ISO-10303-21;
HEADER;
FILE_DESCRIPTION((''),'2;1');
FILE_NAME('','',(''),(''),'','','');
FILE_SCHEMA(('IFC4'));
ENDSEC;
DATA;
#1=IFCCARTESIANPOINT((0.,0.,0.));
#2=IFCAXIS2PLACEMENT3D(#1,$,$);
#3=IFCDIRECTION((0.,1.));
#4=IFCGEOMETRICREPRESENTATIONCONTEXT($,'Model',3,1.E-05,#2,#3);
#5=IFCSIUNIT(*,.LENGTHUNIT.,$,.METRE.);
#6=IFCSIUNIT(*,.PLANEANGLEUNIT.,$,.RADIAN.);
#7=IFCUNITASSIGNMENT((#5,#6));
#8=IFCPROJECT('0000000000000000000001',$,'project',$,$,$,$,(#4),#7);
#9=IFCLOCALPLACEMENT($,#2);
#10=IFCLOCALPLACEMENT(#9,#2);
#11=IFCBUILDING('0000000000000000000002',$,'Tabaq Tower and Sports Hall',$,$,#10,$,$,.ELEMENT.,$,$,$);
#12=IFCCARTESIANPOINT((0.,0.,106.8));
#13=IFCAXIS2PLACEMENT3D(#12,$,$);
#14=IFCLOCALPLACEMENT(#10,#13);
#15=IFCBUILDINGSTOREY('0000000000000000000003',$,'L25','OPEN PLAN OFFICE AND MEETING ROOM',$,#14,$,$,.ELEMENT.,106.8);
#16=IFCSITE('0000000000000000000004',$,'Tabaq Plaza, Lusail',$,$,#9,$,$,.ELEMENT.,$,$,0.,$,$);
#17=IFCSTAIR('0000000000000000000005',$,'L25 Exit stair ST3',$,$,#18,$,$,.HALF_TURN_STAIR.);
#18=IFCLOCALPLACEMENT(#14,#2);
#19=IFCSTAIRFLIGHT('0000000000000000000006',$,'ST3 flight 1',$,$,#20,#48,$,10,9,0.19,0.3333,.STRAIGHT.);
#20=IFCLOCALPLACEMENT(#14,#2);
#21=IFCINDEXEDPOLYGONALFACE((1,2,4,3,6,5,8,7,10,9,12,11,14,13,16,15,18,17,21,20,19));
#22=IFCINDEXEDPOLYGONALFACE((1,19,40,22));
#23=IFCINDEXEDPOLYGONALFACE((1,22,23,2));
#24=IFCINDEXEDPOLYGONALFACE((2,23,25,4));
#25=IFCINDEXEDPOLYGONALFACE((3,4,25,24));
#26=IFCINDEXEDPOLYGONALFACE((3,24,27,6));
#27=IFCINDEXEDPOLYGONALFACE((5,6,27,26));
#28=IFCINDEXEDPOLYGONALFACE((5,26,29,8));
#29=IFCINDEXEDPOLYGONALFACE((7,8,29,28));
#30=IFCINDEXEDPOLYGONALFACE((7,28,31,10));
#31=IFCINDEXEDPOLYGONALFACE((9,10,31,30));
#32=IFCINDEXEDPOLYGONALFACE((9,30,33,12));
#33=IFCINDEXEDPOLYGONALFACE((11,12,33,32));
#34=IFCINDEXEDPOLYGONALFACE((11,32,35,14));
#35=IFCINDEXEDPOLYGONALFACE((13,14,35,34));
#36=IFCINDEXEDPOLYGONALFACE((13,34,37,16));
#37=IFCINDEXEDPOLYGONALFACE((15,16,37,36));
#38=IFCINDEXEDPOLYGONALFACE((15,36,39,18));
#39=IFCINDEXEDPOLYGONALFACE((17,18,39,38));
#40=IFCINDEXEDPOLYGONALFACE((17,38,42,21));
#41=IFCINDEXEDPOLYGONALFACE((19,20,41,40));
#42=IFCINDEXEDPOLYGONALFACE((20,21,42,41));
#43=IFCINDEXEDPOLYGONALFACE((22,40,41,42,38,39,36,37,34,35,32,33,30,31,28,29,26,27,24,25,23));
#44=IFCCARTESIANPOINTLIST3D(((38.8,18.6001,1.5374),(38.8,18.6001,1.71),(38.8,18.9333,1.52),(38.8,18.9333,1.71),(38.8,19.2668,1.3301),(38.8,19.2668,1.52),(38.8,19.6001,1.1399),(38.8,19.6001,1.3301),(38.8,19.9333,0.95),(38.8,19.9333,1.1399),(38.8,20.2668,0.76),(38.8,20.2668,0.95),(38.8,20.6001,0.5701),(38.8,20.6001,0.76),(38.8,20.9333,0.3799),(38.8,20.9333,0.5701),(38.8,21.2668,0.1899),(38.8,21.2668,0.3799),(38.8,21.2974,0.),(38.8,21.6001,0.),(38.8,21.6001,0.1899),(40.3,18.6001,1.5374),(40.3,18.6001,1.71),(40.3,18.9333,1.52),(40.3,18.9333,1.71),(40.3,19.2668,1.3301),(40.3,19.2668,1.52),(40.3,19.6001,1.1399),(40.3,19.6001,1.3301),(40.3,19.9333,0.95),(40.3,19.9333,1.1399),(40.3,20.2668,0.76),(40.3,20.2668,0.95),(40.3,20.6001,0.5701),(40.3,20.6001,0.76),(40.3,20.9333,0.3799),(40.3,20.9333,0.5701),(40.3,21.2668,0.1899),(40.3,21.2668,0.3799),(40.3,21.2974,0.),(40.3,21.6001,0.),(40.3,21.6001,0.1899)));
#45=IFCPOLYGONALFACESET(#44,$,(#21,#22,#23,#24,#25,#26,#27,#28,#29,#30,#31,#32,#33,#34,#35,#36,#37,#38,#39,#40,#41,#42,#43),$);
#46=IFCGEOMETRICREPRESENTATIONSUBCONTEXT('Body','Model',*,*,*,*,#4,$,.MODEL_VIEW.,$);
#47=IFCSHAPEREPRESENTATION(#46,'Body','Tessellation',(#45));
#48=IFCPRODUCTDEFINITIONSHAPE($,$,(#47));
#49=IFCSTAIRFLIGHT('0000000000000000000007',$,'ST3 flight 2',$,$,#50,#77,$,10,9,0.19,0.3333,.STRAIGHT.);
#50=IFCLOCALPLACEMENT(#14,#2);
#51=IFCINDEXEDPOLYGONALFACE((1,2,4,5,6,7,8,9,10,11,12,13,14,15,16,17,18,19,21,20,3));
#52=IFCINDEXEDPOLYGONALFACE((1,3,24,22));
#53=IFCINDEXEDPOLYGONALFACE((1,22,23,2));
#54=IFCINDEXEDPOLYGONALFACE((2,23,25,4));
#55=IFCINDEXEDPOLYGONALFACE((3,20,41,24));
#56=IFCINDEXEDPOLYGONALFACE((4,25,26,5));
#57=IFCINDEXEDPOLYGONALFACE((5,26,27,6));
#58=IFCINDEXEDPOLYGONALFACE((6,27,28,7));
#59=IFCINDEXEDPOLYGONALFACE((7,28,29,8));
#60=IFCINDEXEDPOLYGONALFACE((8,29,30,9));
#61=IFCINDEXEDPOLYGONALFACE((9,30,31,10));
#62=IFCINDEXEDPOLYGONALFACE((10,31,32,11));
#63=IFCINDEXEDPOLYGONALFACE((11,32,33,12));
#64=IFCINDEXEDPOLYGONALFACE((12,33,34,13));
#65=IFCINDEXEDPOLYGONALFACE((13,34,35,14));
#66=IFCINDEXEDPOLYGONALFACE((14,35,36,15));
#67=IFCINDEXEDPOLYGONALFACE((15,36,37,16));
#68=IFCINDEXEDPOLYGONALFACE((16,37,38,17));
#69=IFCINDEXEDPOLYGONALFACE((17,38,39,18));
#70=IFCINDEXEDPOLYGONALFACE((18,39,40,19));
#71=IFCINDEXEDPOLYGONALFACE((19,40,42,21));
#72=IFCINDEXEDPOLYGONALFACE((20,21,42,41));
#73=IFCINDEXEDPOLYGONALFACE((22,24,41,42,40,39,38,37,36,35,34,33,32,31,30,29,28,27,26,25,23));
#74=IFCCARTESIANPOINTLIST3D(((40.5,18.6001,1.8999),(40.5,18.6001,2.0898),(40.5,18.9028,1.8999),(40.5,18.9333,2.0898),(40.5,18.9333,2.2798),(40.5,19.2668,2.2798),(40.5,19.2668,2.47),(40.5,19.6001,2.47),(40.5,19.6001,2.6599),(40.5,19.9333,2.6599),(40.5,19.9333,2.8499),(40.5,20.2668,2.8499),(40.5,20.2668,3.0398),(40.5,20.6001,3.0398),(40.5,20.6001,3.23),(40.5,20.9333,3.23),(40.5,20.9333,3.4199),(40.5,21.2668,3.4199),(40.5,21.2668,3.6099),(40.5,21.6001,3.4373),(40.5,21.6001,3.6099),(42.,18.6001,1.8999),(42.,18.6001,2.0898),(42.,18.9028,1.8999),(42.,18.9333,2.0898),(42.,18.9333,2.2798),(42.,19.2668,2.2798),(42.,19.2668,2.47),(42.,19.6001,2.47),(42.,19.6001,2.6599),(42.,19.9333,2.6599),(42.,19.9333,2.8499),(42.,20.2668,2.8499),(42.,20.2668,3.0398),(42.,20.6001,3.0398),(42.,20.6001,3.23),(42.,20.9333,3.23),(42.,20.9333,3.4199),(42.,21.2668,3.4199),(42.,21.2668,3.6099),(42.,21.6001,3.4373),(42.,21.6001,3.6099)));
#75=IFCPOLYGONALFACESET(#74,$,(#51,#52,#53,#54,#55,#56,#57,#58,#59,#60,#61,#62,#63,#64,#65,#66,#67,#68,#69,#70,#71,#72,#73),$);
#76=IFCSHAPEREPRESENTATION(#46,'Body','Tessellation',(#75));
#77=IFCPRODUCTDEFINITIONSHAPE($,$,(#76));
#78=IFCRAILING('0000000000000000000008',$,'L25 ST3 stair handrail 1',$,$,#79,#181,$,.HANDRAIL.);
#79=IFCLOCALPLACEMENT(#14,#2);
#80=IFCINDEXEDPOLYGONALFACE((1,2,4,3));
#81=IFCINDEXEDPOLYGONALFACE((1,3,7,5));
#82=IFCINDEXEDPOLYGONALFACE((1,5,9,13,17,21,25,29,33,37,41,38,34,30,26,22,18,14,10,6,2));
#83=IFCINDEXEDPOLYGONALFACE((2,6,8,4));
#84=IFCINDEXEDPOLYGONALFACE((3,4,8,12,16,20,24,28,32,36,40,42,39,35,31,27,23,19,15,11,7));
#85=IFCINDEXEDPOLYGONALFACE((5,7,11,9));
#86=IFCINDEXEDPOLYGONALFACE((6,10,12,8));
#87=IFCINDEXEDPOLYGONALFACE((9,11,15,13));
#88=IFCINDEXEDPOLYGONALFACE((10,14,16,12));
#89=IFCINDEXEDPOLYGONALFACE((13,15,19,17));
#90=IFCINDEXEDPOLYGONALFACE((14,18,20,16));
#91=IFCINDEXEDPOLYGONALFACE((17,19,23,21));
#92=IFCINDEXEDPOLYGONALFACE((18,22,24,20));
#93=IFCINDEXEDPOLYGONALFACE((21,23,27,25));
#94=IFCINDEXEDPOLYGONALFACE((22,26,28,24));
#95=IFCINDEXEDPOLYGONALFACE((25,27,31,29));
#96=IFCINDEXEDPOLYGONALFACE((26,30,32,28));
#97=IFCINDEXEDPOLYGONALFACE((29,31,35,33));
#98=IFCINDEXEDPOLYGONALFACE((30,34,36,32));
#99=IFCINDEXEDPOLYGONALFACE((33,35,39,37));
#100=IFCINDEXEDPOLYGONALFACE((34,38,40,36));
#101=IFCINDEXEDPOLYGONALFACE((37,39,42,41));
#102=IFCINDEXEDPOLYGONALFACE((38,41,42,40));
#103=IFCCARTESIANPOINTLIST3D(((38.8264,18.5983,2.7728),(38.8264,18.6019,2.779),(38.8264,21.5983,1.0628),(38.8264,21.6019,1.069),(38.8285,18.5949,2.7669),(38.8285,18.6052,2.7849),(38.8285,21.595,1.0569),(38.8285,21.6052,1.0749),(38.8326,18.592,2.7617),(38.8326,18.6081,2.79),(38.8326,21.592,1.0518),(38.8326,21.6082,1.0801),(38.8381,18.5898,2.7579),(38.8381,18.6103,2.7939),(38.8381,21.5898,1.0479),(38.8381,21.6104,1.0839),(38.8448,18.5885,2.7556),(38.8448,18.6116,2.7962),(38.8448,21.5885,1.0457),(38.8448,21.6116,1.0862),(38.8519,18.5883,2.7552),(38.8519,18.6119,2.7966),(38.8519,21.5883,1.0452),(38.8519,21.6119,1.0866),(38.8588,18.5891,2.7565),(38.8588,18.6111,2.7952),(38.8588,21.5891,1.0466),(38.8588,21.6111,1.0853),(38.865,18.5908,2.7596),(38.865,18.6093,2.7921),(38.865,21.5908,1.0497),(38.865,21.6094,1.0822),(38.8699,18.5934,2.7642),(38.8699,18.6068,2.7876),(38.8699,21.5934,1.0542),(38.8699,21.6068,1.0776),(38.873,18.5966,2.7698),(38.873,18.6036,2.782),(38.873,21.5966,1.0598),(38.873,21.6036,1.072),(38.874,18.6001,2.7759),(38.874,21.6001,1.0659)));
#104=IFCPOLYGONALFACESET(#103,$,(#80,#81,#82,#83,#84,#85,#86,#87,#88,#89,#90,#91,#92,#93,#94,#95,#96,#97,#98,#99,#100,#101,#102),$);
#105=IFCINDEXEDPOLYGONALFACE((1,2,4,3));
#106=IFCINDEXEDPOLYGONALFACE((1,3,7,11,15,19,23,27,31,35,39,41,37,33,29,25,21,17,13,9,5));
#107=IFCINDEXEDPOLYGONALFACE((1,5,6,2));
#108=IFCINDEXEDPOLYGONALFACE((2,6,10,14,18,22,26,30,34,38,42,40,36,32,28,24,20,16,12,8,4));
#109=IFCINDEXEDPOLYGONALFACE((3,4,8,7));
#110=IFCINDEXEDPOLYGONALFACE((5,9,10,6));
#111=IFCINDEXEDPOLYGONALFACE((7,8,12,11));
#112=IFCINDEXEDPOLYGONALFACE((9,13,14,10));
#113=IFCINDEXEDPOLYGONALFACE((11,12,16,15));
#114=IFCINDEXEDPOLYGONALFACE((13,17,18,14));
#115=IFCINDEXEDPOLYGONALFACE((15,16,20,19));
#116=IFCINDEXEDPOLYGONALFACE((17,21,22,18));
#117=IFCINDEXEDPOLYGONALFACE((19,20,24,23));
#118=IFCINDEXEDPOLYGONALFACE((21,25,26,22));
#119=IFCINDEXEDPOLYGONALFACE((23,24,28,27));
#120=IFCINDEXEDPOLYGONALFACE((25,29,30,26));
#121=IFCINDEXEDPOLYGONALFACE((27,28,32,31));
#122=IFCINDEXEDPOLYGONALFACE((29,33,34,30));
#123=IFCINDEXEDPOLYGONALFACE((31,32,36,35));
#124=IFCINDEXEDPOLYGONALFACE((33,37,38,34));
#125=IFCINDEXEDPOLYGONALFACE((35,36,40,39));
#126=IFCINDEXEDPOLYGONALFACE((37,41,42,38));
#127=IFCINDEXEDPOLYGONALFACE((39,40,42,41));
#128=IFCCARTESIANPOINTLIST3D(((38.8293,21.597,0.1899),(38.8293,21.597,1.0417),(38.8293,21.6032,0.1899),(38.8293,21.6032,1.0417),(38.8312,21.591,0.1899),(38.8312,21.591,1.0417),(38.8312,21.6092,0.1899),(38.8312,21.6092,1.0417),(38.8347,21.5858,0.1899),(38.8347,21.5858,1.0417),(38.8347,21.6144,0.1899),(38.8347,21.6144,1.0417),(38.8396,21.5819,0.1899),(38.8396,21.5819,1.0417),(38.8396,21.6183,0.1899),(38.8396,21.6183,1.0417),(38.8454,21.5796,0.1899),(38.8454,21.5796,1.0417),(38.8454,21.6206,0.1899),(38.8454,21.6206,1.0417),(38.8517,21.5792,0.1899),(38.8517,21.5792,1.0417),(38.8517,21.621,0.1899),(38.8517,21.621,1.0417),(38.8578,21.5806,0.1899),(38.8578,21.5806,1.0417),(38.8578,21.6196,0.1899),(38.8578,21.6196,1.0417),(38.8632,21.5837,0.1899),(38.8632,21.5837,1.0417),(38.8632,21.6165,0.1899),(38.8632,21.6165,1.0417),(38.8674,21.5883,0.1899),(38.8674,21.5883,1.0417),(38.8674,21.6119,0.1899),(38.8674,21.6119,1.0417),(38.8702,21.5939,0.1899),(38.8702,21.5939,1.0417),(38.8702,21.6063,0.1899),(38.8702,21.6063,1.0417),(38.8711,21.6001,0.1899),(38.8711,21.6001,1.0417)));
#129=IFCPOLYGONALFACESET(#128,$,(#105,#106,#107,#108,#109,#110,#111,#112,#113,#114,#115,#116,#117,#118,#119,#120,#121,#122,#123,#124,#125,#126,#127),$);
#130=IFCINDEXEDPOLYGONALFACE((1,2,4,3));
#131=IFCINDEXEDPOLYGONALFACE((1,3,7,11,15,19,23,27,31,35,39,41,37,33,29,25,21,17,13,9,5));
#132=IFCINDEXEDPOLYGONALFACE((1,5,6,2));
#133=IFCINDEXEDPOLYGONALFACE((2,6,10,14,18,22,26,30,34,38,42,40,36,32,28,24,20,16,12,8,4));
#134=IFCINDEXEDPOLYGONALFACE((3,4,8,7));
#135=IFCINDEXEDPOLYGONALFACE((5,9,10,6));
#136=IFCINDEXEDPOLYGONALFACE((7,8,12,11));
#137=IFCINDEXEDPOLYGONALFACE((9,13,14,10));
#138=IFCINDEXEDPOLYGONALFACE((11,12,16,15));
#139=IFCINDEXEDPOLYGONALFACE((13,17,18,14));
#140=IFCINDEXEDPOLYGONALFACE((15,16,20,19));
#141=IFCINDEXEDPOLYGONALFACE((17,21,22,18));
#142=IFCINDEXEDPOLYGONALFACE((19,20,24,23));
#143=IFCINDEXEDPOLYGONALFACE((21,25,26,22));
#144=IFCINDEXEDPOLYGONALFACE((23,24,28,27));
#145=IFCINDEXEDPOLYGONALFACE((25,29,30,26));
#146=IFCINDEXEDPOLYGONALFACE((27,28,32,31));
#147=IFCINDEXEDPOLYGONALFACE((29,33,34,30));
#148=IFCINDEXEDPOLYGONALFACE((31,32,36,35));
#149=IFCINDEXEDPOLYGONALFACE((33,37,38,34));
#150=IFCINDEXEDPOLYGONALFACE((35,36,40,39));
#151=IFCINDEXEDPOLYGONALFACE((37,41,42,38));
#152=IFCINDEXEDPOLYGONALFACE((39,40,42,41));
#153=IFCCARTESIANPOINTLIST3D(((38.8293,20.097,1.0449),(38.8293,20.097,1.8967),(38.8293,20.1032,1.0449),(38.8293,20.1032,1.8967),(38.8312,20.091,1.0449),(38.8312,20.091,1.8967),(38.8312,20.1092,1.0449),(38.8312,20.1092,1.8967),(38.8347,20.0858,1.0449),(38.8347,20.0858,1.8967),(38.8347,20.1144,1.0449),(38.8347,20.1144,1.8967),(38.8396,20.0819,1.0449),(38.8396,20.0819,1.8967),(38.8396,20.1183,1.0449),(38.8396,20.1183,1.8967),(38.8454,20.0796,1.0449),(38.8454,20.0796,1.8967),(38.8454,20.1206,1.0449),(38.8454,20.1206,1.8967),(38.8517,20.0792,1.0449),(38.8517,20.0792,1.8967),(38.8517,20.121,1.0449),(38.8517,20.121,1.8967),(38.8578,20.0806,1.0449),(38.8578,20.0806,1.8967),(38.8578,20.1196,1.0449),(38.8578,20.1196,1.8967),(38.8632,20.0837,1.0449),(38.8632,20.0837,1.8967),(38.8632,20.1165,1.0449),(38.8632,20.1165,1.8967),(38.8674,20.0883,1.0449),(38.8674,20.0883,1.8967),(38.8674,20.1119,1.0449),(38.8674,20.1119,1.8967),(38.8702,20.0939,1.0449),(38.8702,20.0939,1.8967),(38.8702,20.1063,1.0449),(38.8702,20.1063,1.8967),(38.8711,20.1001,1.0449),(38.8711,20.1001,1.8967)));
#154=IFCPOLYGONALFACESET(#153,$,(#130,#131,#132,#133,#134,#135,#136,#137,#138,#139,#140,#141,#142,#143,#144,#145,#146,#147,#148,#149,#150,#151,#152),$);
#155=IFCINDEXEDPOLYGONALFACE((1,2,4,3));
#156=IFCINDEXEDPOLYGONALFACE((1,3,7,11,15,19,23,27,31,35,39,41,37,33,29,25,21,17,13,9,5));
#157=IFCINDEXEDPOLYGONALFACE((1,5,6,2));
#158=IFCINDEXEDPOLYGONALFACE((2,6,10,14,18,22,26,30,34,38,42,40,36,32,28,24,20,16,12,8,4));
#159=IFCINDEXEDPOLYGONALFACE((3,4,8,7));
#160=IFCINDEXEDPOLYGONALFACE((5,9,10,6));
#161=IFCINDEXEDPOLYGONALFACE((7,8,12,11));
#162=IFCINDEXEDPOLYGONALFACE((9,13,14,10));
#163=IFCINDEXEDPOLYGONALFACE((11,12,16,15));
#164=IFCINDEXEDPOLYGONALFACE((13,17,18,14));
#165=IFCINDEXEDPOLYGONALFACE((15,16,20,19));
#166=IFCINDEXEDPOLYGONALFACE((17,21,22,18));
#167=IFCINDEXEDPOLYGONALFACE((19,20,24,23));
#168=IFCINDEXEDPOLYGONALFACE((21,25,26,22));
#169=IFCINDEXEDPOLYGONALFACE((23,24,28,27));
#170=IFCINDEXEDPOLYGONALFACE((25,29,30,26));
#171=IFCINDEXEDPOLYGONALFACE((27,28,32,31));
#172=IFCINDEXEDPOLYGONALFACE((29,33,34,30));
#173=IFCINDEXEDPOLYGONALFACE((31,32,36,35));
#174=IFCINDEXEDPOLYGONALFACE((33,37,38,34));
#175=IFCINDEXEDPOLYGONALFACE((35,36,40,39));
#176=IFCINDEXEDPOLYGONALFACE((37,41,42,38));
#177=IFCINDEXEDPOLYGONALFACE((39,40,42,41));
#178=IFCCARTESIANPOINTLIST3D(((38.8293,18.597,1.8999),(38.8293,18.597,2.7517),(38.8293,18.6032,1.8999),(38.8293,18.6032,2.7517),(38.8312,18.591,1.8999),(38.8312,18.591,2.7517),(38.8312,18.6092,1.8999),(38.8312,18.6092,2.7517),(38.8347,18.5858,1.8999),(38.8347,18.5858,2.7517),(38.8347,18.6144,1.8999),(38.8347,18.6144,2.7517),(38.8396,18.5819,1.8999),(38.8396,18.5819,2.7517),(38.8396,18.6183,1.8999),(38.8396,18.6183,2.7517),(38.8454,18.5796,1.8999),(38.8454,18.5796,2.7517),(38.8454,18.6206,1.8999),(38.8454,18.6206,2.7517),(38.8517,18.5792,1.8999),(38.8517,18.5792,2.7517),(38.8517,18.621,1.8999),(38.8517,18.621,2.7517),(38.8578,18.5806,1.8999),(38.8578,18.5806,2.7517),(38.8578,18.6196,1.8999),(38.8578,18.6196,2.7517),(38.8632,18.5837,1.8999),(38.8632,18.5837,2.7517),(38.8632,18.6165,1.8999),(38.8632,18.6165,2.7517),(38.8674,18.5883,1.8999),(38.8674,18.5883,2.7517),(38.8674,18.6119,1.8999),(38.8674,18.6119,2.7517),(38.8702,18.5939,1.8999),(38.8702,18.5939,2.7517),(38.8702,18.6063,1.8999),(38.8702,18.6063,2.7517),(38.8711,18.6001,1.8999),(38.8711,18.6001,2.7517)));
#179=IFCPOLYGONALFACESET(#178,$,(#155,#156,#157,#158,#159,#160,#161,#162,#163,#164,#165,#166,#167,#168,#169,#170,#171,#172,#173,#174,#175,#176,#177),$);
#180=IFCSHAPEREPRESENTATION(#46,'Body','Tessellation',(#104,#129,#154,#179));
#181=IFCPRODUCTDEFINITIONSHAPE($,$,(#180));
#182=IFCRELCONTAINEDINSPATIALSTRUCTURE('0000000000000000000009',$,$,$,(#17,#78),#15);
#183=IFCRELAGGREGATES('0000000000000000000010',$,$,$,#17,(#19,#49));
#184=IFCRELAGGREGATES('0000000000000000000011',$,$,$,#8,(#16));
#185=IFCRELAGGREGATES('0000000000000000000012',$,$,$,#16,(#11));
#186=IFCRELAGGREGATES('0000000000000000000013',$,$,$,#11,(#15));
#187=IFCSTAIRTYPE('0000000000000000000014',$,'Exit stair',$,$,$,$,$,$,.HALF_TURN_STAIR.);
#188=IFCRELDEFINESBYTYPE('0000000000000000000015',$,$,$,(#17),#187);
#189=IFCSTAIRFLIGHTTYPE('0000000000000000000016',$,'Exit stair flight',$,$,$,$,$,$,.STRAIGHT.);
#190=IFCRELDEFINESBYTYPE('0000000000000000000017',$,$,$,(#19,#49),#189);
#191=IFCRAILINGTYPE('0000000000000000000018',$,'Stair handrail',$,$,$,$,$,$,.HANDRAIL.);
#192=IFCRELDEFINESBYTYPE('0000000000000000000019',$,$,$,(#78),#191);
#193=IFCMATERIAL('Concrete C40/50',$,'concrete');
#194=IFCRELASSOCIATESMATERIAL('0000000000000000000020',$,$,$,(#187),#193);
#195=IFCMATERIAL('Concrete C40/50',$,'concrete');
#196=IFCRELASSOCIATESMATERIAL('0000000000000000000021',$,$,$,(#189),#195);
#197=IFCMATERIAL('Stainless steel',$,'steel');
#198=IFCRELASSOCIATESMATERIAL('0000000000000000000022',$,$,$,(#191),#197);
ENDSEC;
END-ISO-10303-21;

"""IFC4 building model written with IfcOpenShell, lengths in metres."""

from ifc_helpers import new_model, si_unit, direction, frame, origin, origin_2d, place, context, subcontext, project, spatial, polyline, circle, outline, extrude, material, type_object, element, aggregate, save


model = new_model("IFC4")

# Units and contexts
model_context = context("Model", 3, precision=1e-05, world=origin(), true_north=direction((0.0, 1.0)))
body_context = subcontext(model_context, "Body", "Model", "MODEL_VIEW")
ifc_project = project(units=[si_unit("LENGTHUNIT", "METRE"), si_unit("PLANEANGLEUNIT", "RADIAN")], contexts=[model_context])

# Site, building, storey
site_placement = place(None, origin())
site = spatial("IfcSite", under=ifc_project, at=site_placement, Name="Tabaq Plaza, Lusail", CompositionType="ELEMENT", RefElevation=0.0)
building_placement = place(site_placement, origin())
building = spatial("IfcBuilding", under=site, at=building_placement, Name="Tabaq Tower and Sports Hall", CompositionType="ELEMENT")
storey_placement = place(building_placement, frame((0.0, 0.0, 106.8)))
storey = spatial("IfcBuildingStorey", under=building, at=storey_placement, Name="L25", Description="OPEN PLAN OFFICE AND MEETING ROOM", CompositionType="ELEMENT", Elevation=106.8)

# Stair, stair flights
ifc_material_1 = material(Name="Concrete C40/50", Category="concrete")
stair_type = type_object("IfcStairType", Name="Exit stair", PredefinedType="HALF_TURN_STAIR", material=ifc_material_1)
stair_placement = place(storey_placement, origin())
stair = element("IfcStair", 1, at=stair_placement, inside=storey, type_object=stair_type, Name="L25 Exit stair ST3", PredefinedType="HALF_TURN_STAIR")
ifc_material_2 = material(Name="Concrete C40/50", Category="concrete")
stair_flight_type = type_object("IfcStairFlightType", Name="Exit stair flight", PredefinedType="STRAIGHT", material=ifc_material_2)
stair_flight_1_placement = place(storey_placement, frame((39.55, 21.6001, 0.0), z_axis=(0.0, 0.0, 1.0), x_axis=(0.0, -1.0, 0.0)))
stair_flight_1 = element("IfcStairFlight", 2, at=stair_flight_1_placement, type_object=stair_flight_type, Name="ST3 flight 1", NumberOfRisers=10, NumberOfTreads=9, PredefinedType="STRAIGHT", RiserHeight=0.19, TreadLength=0.3333, context=body_context, shape_type="SweptSolid", body=[
    extrude(outline(polyline([(0.0, 0.0), (0.0, 0.1899), (0.3333, 0.1899), (0.3333, 0.3799), (0.6667, 0.3799), (0.6667, 0.5701), (1.0, 0.5701), (1.0, 0.76), (1.3333, 0.76), (1.3333, 0.95), (1.6667, 0.95), (1.6667, 1.1399), (2.0, 1.1399), (2.0, 1.3301), (2.3333, 1.3301), (2.3333, 1.52), (2.6667, 1.52), (2.6667, 1.71), (3.0, 1.71), (3.0, 1.8999), (3.0, 1.5374), (0.3027, 0.0), (0.0, 0.0)])), frame((0.0, 0.75, 0.0), z_axis=(0.0, -1.0, 0.0), x_axis=(1.0, 0.0, 0.0)), (0.0, 0.0, 1.0), 1.5),
])
stair_flight_2_placement = place(storey_placement, frame((41.25, 18.6001, 1.8999), z_axis=(0.0, 0.0, 1.0), x_axis=(0.0, 1.0, 0.0)))
stair_flight_2 = element("IfcStairFlight", 3, at=stair_flight_2_placement, type_object=stair_flight_type, Name="ST3 flight 2", NumberOfRisers=10, NumberOfTreads=9, PredefinedType="STRAIGHT", RiserHeight=0.19, TreadLength=0.3333, context=body_context, shape_type="SweptSolid", body=[
    extrude(outline(polyline([(0.0, 0.0), (0.0, 0.1899), (0.3333, 0.1899), (0.3333, 0.3799), (0.6667, 0.3799), (0.6667, 0.5701), (1.0, 0.5701), (1.0, 0.76), (1.3333, 0.76), (1.3333, 0.95), (1.6667, 0.95), (1.6667, 1.1399), (2.0, 1.1399), (2.0, 1.3301), (2.3333, 1.3301), (2.3333, 1.52), (2.6667, 1.52), (2.6667, 1.71), (3.0, 1.71), (3.0, 1.8999), (3.0, 1.5374), (0.3027, 0.0), (0.0, 0.0)])), frame((0.0, 0.75, 0.0), z_axis=(0.0, -1.0, 0.0), x_axis=(1.0, 0.0, 0.0)), (0.0, 0.0, 1.0), 1.5),
])
aggregate(stair, [stair_flight_1, stair_flight_2])

# Railing
ifc_material_3 = material(Name="Stainless steel", Category="steel")
railing_type_1 = type_object("IfcRailingType", Name="Stair handrail", PredefinedType="HANDRAIL", material=ifc_material_3)
railing_1_placement = place(storey_placement, frame((38.8501, 21.6001, 0.1899)))
element("IfcRailing", 4, at=railing_1_placement, inside=storey, type_object=railing_type_1, Name="L25 ST3 stair handrail 1", PredefinedType="HANDRAIL", context=body_context, shape_type="SweptSolid", body=[
    extrude(circle(Radius=0.0239, at=origin_2d()), frame((0.0, 0.0, 0.876), z_axis=(0.0, -0.868782, 0.495195), x_axis=(1.0, 0.0, 0.0)), (0.0, 0.0, 1.0), 3.4531),
    extrude(circle(Radius=0.021, at=origin_2d()), origin(), (0.0, 0.0, 1.0), 0.8518),
    extrude(circle(Radius=0.021, at=origin_2d()), frame((0.0, -1.5, 0.855)), (0.0, 0.0, 1.0), 0.8518),
    extrude(circle(Radius=0.021, at=origin_2d()), frame((0.0, -3.0, 1.71)), (0.0, 0.0, 1.0), 0.8518),
])

save(model, "model.ifc")
